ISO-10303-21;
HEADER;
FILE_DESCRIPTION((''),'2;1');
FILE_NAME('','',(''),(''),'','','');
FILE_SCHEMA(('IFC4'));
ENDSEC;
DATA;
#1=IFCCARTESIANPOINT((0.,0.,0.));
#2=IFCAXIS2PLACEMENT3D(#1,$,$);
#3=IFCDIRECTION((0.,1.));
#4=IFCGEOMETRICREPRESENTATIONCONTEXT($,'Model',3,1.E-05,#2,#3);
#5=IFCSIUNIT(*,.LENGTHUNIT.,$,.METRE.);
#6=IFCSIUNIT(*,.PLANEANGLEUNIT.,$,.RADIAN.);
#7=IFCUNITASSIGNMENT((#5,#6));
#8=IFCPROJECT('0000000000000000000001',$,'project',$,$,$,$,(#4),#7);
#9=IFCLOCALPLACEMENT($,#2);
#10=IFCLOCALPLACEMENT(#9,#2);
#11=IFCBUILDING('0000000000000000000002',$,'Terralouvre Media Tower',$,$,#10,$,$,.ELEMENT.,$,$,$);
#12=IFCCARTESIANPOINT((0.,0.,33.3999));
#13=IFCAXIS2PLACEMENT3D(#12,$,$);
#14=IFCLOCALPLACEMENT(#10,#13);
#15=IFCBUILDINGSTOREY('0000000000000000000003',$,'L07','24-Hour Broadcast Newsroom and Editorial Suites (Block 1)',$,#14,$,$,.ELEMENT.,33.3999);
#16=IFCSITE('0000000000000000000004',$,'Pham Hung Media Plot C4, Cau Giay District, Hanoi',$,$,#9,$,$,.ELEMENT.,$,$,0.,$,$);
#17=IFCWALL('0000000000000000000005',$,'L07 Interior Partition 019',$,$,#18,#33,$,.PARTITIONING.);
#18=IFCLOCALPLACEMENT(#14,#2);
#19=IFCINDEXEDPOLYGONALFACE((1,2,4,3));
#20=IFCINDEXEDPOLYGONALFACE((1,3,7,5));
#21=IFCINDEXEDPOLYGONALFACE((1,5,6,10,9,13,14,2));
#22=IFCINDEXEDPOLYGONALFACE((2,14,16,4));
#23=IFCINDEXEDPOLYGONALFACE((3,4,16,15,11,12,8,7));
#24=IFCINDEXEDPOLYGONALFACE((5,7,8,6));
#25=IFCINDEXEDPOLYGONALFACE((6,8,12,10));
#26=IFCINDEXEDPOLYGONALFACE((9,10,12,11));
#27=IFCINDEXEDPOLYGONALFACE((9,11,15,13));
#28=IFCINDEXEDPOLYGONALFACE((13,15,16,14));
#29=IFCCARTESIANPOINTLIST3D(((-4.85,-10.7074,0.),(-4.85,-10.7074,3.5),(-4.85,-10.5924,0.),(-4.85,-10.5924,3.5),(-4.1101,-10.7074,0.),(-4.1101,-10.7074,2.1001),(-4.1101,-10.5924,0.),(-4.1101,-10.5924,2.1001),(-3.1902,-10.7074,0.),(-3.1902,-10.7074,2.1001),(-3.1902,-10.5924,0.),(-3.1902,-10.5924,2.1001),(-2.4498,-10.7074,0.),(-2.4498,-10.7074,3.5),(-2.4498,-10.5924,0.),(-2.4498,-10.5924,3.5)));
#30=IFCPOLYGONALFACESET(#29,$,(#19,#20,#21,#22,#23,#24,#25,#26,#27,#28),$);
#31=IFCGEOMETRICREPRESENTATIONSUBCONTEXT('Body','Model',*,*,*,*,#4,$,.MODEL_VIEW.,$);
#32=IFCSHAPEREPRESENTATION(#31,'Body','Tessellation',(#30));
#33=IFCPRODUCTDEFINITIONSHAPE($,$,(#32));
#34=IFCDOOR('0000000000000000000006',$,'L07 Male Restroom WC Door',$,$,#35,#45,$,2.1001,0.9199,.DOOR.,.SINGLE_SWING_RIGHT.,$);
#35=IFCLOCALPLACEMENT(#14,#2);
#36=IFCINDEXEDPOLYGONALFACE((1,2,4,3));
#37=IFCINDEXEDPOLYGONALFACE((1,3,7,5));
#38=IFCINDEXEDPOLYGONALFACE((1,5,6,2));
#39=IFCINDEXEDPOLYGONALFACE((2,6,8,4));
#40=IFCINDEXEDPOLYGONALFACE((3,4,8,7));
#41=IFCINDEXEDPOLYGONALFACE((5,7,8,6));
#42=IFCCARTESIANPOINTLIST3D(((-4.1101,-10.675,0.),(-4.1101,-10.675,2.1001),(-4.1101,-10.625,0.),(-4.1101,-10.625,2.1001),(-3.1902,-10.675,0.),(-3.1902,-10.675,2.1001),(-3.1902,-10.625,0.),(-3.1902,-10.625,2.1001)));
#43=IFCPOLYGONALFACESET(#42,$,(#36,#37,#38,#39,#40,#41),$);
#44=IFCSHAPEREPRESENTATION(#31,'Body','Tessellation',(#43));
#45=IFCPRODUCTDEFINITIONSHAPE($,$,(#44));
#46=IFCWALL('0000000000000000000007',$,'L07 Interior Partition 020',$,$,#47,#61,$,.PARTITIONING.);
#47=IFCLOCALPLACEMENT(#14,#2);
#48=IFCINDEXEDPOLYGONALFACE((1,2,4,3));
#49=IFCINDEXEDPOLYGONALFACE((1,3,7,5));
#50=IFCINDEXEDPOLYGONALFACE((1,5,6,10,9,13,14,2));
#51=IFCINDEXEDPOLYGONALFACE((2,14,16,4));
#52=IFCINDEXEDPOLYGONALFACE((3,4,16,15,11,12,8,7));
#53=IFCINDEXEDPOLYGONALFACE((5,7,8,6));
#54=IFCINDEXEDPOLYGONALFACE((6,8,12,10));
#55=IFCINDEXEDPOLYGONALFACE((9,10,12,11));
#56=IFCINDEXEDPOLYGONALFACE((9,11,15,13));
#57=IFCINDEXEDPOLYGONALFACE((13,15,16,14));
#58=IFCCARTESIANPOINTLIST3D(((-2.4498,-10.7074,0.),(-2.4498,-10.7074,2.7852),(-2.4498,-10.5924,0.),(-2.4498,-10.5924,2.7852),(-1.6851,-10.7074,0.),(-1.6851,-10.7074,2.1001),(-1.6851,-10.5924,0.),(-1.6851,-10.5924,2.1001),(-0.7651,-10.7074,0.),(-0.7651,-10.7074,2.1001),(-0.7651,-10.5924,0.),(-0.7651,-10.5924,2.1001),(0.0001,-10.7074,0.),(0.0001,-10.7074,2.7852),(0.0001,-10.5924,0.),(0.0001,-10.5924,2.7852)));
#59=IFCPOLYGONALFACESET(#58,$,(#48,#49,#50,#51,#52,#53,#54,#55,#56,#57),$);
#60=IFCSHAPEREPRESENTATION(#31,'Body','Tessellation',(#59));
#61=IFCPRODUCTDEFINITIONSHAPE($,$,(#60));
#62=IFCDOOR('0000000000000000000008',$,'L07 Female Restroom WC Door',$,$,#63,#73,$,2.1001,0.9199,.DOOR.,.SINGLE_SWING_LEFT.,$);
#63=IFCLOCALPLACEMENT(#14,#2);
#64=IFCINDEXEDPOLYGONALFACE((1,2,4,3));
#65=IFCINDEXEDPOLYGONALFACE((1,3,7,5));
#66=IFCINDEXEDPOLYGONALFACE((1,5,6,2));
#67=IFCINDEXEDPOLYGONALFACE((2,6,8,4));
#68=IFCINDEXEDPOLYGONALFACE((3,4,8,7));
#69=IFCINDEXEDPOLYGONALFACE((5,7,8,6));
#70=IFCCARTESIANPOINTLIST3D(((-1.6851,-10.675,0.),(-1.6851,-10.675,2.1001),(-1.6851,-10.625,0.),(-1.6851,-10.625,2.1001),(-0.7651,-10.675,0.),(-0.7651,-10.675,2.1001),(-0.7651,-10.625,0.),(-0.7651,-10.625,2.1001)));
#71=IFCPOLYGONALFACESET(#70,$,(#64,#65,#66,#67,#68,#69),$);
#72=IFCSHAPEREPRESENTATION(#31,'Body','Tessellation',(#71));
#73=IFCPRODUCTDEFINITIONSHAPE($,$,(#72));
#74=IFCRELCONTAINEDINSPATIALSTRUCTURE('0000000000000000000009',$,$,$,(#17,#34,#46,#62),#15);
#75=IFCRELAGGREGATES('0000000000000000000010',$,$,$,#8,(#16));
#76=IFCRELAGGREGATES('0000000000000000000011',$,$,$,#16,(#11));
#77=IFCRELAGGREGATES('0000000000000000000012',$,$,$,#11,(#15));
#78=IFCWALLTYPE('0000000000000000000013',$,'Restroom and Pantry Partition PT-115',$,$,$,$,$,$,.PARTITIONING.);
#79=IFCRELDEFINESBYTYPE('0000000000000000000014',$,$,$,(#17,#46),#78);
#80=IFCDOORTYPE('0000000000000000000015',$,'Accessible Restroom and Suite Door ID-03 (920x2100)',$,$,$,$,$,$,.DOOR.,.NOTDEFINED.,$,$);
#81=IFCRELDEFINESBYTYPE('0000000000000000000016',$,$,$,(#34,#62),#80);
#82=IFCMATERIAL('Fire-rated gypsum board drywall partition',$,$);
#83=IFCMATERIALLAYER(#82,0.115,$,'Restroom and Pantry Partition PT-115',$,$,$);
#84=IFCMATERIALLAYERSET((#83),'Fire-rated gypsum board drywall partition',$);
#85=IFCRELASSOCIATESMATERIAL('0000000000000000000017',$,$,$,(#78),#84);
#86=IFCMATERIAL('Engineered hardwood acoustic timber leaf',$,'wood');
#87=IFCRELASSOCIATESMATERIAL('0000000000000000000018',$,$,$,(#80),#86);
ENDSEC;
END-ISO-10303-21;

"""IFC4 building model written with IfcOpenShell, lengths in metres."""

from ifc_helpers import new_model, si_unit, direction, frame, frame_2d, origin, place, context, subcontext, project, spatial, rectangle, extrude, material, layer, layer_set, type_object, element, fill, save


model = new_model("IFC4")

# Units and contexts
model_context = context("Model", 3, precision=1e-05, world=origin(), true_north=direction((0.0, 1.0)))
body_context = subcontext(model_context, "Body", "Model", "MODEL_VIEW")
ifc_project = project(units=[si_unit("LENGTHUNIT", "METRE"), si_unit("PLANEANGLEUNIT", "RADIAN")], contexts=[model_context])

# Site, building, storey
site_placement = place(None, origin())
site = spatial("IfcSite", under=ifc_project, at=site_placement, Name="Pham Hung Media Plot C4, Cau Giay District, Hanoi", CompositionType="ELEMENT", RefElevation=0.0)
building_placement = place(site_placement, origin())
building = spatial("IfcBuilding", under=site, at=building_placement, Name="Terralouvre Media Tower", CompositionType="ELEMENT")
storey_placement = place(building_placement, frame((0.0, 0.0, 33.3999)))
storey = spatial("IfcBuildingStorey", under=building, at=storey_placement, Name="L07", Description="24-Hour Broadcast Newsroom and Editorial Suites (Block 1)", CompositionType="ELEMENT", Elevation=33.3999)

# Walls, openings, doors
ifc_material_1 = material(Name="Fire-rated gypsum board drywall partition")
ifc_layer_1 = layer(ifc_material_1, 0.115, Name="Restroom and Pantry Partition PT-115")
ifc_layer_set_1 = layer_set([ifc_layer_1], Name="Fire-rated gypsum board drywall partition")
wall_type_1 = type_object("IfcWallType", Name="Restroom and Pantry Partition PT-115", PredefinedType="PARTITIONING", material=ifc_layer_set_1)
wall_1_placement = place(storey_placement, frame((-4.8501, -10.6499, 0.0), z_axis=(0.0, 0.0, 1.0), x_axis=(1.0, 0.0, 0.0)))
wall_1 = element("IfcWall", 1, at=wall_1_placement, inside=storey, type_object=wall_type_1, Name="L07 Interior Partition 019", PredefinedType="PARTITIONING", context=body_context, shape_type="SweptSolid", body=[
    extrude(rectangle(XDim=2.4001, YDim=0.115, at=frame_2d((1.2002, 0.0))), origin(), (0.0, 0.0, 1.0), 3.5),
])
opening_1_placement = place(wall_1_placement, frame((0.74, 0.0, 0.0)))
opening_1 = element("IfcOpeningElement", 2, at=opening_1_placement, cuts=wall_1, PredefinedType="OPENING", context=body_context, shape_type="SweptSolid", body=[
    extrude(rectangle(XDim=0.9199, YDim=2.1001, at=frame_2d((0.46, 1.05))), frame((0.0, 0.0674, 0.0), z_axis=(0.0, -1.0, 0.0), x_axis=(1.0, 0.0, 0.0)), (0.0, 0.0, 1.0), 0.135),
])
ifc_material_2 = material(Name="Engineered hardwood acoustic timber leaf", Category="wood")
door_type_1 = type_object("IfcDoorType", Name="Accessible Restroom and Suite Door ID-03 (920x2100)", OperationType="NOTDEFINED", PredefinedType="DOOR", material=ifc_material_2)
door_1_placement = place(opening_1_placement, origin())
door_1 = element("IfcDoor", 3, at=door_1_placement, inside=storey, type_object=door_type_1, Name="L07 Male Restroom WC Door", OperationType="SINGLE_SWING_RIGHT", OverallHeight=2.1001, OverallWidth=0.9199, PredefinedType="DOOR", context=body_context, shape_type="SweptSolid", body=[
    extrude(rectangle(XDim=0.9199, YDim=2.1001, at=frame_2d((0.46, 1.05))), frame((0.0, 0.0249, 0.0), z_axis=(0.0, -1.0, 0.0), x_axis=(1.0, 0.0, 0.0)), (0.0, 0.0, 1.0), 0.05),
])
fill(opening_1, door_1)
wall_2_placement = place(storey_placement, frame((-2.45, -10.6499, 0.0), z_axis=(0.0, 0.0, 1.0), x_axis=(1.0, 0.0, 0.0)))
wall_2 = element("IfcWall", 4, at=wall_2_placement, inside=storey, type_object=wall_type_1, Name="L07 Interior Partition 020", PredefinedType="PARTITIONING", context=body_context, shape_type="SweptSolid", body=[
    extrude(rectangle(XDim=2.45, YDim=0.115, at=frame_2d((1.2251, 0.0))), origin(), (0.0, 0.0, 1.0), 2.7852),
])
opening_2_placement = place(wall_2_placement, frame((0.7649, 0.0, 0.0)))
opening_2 = element("IfcOpeningElement", 5, at=opening_2_placement, cuts=wall_2, PredefinedType="OPENING", context=body_context, shape_type="SweptSolid", body=[
    extrude(rectangle(XDim=0.9199, YDim=2.1001, at=frame_2d((0.46, 1.05))), frame((0.0, 0.0674, 0.0), z_axis=(0.0, -1.0, 0.0), x_axis=(1.0, 0.0, 0.0)), (0.0, 0.0, 1.0), 0.135),
])
door_2_placement = place(opening_2_placement, origin())
door_2 = element("IfcDoor", 6, at=door_2_placement, inside=storey, type_object=door_type_1, Name="L07 Female Restroom WC Door", OperationType="SINGLE_SWING_LEFT", OverallHeight=2.1001, OverallWidth=0.9199, PredefinedType="DOOR", context=body_context, shape_type="SweptSolid", body=[
    extrude(rectangle(XDim=0.9199, YDim=2.1001, at=frame_2d((0.46, 1.05))), frame((0.0, 0.0249, 0.0), z_axis=(0.0, -1.0, 0.0), x_axis=(1.0, 0.0, 0.0)), (0.0, 0.0, 1.0), 0.05),
])
fill(opening_2, door_2)

save(model, "model.ifc")
